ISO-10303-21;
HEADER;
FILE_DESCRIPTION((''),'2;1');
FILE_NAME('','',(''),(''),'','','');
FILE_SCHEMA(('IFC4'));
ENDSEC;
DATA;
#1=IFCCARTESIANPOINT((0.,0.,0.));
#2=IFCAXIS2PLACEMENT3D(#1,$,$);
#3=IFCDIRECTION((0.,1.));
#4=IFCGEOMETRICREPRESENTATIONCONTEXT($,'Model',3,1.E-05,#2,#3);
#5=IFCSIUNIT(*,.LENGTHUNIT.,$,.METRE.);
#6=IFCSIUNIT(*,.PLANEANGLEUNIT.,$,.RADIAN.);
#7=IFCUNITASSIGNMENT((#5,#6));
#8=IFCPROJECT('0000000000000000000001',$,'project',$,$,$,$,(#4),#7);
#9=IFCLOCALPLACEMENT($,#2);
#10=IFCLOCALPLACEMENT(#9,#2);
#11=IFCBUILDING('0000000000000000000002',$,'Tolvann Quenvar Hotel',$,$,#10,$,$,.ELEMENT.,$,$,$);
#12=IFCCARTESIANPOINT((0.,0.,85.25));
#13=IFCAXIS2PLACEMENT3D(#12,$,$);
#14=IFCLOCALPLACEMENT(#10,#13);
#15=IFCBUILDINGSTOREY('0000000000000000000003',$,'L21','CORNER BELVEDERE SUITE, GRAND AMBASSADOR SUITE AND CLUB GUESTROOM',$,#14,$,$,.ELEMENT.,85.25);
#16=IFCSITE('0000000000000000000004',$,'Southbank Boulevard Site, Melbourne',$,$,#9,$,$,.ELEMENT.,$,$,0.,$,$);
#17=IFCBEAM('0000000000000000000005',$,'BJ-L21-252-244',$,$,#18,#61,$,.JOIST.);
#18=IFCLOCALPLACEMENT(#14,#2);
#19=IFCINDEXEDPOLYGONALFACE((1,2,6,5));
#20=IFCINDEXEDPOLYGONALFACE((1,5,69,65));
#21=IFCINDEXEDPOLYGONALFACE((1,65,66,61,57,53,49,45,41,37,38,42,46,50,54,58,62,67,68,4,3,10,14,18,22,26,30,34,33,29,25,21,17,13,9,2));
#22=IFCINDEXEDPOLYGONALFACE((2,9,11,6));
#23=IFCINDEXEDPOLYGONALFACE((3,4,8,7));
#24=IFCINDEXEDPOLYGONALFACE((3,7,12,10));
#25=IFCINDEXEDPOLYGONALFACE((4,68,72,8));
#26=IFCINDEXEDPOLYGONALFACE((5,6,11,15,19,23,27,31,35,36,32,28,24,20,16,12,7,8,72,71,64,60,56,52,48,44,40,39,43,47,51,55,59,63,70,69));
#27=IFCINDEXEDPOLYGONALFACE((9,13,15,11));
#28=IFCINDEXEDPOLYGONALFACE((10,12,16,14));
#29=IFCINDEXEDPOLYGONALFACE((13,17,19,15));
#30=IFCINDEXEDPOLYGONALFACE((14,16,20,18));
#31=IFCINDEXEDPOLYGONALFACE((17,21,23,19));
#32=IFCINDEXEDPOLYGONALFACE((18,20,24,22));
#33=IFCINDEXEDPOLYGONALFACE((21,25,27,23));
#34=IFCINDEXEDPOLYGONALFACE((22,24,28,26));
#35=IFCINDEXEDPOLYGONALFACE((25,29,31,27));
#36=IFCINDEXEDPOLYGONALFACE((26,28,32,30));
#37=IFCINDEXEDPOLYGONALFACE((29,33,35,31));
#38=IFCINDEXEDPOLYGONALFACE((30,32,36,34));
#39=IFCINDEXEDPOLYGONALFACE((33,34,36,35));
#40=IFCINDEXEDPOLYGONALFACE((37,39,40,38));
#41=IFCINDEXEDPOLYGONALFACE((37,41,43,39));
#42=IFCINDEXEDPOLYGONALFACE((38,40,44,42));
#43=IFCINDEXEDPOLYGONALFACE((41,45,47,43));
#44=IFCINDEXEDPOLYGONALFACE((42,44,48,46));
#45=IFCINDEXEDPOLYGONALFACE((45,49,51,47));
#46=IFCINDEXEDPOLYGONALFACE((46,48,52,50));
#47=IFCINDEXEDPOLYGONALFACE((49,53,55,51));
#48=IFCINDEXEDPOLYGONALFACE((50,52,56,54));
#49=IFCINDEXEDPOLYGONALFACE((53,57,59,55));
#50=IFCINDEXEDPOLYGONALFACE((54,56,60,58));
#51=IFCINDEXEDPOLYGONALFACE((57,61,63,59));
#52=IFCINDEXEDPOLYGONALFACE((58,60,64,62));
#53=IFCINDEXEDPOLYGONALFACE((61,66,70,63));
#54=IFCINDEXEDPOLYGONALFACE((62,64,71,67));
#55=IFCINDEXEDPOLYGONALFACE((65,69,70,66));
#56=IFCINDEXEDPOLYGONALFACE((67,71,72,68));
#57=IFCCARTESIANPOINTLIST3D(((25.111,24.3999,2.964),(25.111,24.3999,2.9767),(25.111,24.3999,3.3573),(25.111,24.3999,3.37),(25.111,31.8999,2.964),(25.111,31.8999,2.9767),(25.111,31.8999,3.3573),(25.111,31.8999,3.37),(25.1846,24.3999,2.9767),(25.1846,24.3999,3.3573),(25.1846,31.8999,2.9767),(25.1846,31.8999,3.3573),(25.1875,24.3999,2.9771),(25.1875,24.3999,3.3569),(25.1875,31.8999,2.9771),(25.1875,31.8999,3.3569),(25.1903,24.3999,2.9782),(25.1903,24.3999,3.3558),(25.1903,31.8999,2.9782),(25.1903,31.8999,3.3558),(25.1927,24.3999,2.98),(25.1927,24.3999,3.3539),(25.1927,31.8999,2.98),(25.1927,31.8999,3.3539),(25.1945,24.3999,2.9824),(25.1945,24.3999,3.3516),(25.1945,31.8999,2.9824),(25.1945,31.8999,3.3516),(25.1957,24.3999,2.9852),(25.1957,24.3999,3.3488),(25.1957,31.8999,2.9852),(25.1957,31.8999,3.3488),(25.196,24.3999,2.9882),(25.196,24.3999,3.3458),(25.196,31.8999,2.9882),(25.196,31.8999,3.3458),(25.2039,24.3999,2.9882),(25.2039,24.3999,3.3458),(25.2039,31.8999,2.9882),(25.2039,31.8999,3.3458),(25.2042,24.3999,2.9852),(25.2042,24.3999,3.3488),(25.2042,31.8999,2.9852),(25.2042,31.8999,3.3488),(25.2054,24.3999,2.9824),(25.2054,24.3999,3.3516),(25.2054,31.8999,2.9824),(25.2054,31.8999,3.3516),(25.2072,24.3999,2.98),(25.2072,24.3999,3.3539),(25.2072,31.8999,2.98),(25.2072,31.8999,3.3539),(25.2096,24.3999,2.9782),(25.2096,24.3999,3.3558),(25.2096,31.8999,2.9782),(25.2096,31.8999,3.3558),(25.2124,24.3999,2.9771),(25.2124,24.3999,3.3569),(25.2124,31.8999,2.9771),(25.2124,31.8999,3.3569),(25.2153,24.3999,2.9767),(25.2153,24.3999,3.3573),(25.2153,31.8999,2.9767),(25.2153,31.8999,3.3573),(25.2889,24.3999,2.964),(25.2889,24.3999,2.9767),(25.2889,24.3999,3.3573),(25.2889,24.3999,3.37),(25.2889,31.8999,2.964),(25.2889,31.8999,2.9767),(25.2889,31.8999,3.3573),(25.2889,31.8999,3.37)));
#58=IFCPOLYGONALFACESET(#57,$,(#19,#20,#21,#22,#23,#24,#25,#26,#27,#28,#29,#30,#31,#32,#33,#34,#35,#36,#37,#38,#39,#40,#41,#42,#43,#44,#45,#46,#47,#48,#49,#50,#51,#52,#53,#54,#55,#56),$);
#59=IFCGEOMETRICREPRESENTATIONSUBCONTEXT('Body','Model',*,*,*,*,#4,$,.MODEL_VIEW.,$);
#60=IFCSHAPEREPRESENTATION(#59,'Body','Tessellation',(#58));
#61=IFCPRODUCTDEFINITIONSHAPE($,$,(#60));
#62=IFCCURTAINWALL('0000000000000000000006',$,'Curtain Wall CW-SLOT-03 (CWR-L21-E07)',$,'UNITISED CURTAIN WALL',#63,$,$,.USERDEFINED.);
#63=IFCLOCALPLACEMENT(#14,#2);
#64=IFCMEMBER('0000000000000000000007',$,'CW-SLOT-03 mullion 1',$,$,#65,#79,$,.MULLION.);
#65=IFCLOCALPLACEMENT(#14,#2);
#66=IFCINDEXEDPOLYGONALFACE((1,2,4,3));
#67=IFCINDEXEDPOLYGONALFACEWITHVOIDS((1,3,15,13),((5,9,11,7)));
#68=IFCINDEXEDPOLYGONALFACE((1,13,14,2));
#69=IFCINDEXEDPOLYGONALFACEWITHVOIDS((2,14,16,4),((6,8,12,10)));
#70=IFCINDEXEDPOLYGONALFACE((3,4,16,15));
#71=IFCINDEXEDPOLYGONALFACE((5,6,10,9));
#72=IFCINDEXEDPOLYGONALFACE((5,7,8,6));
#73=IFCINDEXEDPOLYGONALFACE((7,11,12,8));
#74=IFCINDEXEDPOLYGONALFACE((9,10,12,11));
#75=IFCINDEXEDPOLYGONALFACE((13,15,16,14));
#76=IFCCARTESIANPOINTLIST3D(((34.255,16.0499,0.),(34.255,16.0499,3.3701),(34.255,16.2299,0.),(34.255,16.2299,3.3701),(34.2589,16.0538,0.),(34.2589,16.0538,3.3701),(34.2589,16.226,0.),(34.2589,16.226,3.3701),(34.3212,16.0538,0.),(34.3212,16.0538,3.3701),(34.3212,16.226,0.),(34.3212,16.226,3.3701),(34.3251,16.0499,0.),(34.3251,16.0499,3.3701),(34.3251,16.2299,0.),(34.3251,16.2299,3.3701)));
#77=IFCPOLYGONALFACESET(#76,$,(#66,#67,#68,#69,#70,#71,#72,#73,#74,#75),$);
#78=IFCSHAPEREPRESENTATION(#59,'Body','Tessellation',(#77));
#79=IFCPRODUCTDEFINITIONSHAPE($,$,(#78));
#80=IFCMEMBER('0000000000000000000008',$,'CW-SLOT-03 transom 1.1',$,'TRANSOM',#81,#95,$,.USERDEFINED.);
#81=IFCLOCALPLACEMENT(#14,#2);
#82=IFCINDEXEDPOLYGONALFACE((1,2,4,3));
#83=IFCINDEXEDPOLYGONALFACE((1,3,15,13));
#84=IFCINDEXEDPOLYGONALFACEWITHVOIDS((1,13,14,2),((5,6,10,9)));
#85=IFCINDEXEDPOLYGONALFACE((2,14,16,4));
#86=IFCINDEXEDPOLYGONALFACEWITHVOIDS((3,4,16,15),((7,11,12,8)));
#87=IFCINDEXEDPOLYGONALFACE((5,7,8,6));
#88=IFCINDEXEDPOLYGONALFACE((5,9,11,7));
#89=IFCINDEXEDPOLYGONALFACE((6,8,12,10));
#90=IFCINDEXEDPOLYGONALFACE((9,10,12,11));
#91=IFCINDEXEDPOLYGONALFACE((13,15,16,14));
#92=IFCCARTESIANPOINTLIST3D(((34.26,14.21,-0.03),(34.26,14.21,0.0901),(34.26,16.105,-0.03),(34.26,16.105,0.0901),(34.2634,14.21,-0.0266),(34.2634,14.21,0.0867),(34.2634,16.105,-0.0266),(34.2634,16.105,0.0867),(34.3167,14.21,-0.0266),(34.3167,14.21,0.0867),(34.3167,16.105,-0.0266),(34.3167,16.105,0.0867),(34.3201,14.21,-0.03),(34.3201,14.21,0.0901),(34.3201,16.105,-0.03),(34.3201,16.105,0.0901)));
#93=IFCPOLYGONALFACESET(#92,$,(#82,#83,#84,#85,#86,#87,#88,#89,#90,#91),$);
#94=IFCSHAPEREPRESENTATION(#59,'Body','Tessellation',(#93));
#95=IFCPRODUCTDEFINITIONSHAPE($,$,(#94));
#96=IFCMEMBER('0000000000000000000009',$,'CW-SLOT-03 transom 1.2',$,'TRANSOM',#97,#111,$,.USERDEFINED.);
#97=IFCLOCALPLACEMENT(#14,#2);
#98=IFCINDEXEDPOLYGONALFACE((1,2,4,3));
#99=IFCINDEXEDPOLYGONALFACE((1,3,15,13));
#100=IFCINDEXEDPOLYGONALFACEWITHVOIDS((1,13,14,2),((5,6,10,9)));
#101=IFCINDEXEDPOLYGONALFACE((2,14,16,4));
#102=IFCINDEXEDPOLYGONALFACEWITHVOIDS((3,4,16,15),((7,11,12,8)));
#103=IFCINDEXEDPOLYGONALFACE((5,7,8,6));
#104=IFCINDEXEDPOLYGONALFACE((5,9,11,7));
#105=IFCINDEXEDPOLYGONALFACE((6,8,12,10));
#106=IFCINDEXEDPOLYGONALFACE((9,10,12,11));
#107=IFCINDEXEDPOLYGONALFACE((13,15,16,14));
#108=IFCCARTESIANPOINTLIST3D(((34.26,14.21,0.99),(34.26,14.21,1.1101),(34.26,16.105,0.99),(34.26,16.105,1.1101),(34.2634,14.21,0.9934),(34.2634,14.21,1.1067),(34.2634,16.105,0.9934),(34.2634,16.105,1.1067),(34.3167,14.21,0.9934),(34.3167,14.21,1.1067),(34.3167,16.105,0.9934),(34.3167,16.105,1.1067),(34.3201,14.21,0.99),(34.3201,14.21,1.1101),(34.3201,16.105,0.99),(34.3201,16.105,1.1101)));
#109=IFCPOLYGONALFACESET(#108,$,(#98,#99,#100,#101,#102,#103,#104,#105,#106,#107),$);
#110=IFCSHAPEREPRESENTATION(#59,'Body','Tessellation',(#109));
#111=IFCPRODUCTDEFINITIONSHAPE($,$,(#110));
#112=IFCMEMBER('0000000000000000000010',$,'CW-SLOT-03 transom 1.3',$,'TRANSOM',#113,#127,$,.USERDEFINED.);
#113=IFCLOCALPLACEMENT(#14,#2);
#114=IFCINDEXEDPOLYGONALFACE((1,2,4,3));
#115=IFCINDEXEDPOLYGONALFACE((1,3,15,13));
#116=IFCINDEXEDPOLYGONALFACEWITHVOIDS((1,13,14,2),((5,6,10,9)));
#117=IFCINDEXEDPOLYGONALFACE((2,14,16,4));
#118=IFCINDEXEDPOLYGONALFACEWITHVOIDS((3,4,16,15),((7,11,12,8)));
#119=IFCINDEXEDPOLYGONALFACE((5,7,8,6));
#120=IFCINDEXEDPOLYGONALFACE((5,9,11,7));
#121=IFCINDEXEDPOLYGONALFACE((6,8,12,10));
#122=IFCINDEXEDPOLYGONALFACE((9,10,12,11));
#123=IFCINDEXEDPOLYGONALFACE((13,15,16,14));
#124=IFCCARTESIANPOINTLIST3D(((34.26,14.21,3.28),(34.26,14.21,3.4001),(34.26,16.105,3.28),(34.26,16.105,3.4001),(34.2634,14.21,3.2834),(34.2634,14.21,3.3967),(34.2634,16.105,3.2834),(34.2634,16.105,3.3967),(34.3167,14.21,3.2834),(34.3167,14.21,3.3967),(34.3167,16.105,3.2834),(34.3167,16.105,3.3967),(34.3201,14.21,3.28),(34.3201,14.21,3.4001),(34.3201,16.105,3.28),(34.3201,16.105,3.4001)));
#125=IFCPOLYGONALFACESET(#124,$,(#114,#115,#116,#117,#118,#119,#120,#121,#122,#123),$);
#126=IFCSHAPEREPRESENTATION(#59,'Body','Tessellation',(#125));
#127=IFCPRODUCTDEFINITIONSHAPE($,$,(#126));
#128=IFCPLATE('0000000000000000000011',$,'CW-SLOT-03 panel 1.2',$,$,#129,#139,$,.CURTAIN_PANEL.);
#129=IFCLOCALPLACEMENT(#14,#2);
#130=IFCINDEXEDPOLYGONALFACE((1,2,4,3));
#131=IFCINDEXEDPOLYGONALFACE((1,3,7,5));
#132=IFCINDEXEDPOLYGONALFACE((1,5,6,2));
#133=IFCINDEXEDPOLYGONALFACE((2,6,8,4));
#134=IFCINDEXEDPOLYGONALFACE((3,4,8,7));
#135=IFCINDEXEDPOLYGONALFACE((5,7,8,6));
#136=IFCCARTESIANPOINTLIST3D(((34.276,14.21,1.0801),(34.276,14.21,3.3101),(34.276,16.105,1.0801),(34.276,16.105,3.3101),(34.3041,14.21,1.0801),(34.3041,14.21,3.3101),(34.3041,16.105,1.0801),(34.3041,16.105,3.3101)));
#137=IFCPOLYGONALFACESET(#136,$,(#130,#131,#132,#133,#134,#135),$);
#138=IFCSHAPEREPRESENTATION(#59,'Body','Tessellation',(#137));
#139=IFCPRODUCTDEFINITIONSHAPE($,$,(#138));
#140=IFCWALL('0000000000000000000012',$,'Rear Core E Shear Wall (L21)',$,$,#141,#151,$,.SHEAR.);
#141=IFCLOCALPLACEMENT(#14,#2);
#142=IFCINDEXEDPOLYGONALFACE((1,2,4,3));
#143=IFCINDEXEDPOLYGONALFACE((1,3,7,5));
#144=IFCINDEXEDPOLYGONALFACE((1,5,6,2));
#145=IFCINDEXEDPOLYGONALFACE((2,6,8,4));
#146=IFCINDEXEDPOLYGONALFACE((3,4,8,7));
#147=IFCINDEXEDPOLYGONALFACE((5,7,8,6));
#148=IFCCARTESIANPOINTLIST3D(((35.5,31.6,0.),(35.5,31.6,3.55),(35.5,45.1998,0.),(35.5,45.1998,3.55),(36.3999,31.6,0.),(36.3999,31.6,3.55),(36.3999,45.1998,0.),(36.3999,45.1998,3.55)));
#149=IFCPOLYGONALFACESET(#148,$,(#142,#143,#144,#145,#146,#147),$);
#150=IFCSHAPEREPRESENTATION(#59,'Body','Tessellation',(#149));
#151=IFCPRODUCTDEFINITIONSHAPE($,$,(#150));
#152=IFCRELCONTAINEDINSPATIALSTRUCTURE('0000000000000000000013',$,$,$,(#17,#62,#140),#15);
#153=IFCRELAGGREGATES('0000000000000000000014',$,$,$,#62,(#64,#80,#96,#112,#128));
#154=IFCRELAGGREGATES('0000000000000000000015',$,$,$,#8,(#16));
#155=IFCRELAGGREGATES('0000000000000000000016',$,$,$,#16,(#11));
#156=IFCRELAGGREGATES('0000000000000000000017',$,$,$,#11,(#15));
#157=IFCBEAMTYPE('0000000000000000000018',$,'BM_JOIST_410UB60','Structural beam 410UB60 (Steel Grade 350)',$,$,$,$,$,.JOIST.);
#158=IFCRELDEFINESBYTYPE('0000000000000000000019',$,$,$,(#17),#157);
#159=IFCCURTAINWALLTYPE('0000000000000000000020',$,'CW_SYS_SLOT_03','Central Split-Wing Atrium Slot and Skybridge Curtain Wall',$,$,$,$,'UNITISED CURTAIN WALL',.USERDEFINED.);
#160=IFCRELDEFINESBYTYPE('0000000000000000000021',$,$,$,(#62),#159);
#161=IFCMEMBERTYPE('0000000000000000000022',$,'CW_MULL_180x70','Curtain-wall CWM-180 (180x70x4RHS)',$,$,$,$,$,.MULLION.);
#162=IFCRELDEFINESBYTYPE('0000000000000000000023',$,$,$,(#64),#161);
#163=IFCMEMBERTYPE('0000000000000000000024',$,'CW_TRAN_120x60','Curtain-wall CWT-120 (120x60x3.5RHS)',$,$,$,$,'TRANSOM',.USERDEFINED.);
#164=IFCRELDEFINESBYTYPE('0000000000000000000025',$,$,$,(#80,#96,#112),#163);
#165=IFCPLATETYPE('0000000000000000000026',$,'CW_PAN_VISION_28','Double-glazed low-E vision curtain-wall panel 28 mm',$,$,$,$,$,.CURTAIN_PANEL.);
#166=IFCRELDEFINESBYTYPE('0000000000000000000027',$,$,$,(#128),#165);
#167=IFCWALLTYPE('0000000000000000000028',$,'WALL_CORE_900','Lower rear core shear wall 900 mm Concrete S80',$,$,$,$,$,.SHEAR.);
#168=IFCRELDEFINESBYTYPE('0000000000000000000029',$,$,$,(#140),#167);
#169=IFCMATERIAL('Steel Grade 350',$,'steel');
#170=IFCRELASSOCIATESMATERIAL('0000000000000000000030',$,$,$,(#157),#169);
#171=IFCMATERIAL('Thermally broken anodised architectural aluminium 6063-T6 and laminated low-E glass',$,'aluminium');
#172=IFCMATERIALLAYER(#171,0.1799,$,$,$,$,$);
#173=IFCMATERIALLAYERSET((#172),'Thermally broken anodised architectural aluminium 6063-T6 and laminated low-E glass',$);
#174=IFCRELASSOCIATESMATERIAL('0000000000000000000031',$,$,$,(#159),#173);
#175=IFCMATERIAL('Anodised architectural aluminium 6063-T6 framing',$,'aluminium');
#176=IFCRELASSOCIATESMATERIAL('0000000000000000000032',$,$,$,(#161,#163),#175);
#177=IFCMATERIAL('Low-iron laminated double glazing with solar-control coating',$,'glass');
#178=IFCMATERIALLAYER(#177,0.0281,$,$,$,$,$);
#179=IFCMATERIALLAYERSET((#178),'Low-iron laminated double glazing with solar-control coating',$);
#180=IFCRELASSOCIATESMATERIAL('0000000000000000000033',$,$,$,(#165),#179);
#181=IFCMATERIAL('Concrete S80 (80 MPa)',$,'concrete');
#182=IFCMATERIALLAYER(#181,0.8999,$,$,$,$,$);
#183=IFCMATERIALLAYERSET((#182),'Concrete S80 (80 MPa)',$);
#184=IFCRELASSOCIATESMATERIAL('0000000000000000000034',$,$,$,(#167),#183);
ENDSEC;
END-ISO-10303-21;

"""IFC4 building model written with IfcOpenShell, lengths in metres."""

from ifc_helpers import new_model, si_unit, direction, frame, frame_2d, origin, origin_2d, place, context, subcontext, project, spatial, rectangle, hollow_rectangle, i_section, extrude, source, transform, mapped, material, layer, layer_set, material_profile, profile_set, type_object, type_shapes, element, aggregate, save


model = new_model("IFC4")

# Units and contexts
model_context = context("Model", 3, precision=1e-05, world=origin(), true_north=direction((0.0, 1.0)))
body_context = subcontext(model_context, "Body", "Model", "MODEL_VIEW")
ifc_project = project(units=[si_unit("LENGTHUNIT", "METRE"), si_unit("PLANEANGLEUNIT", "RADIAN")], contexts=[model_context])

# Site, building, storey
site_placement = place(None, origin())
site = spatial("IfcSite", under=ifc_project, at=site_placement, Name="Southbank Boulevard Site, Melbourne", CompositionType="ELEMENT", RefElevation=0.0)
building_placement = place(site_placement, origin())
building = spatial("IfcBuilding", under=site, at=building_placement, Name="Tolvann Quenvar Hotel", CompositionType="ELEMENT")
storey_placement = place(building_placement, frame((0.0, 0.0, 85.25)))
storey = spatial("IfcBuildingStorey", under=building, at=storey_placement, Name="L21", Description="CORNER BELVEDERE SUITE, GRAND AMBASSADOR SUITE AND CLUB GUESTROOM", CompositionType="ELEMENT", Elevation=85.25)

# Shared definitions
ifc_material_1 = material(Name="Steel Grade 350", Category="steel")

# Beam
ifc_material_profile_1 = material_profile(ifc_material_1, i_section(OverallWidth=0.178, OverallDepth=0.406, WebThickness=0.0078, FlangeThickness=0.0127, FilletRadius=0.0115, at=origin_2d()), Name="410UB60")
ifc_profile_set_1 = profile_set([ifc_material_profile_1], Name="Steel Grade 350")
beam_type_1 = type_object("IfcBeamType", Name="BM_JOIST_410UB60", Description="Structural beam 410UB60 (Steel Grade 350)", PredefinedType="JOIST", material=ifc_profile_set_1)
shared_shape_1 = source(origin(), body_context, "Body", "SweptSolid", [
    extrude(i_section(OverallWidth=0.178, OverallDepth=0.406, WebThickness=0.0078, FlangeThickness=0.0127, FilletRadius=0.0115, at=origin_2d()), origin(), (0.0, 0.0, 1.0), 7.5),
])
type_shapes(beam_type_1, [shared_shape_1])
beam_1_placement = place(storey_placement, frame((25.2, 24.3999, 3.167), z_axis=(0.0, 1.0, 0.0), x_axis=(-1.0, 0.0, 0.0)))
element("IfcBeam", 1, at=beam_1_placement, inside=storey, type_object=beam_type_1, Name="BJ-L21-252-244", PredefinedType="JOIST", context=body_context, shape_type="MappedRepresentation", body=[
    mapped(shared_shape_1, transform((0.0, 0.0, 0.0), x_axis=(1.0, 0.0, 0.0), y_axis=(0.0, 1.0, 0.0), z_axis=(0.0, 0.0, 1.0), scale=1.0)),
])

# Curtain wall, members, plate
ifc_material_2 = material(Name="Thermally broken anodised architectural aluminium 6063-T6 and laminated low-E glass", Category="aluminium")
ifc_layer_1 = layer(ifc_material_2, 0.1799)
ifc_layer_set_1 = layer_set([ifc_layer_1], Name="Thermally broken anodised architectural aluminium 6063-T6 and laminated low-E glass")
curtain_wall_type = type_object("IfcCurtainWallType", Name="CW_SYS_SLOT_03", Description="Central Split-Wing Atrium Slot and Skybridge Curtain Wall", ElementType="UNITISED CURTAIN WALL", PredefinedType="USERDEFINED", material=ifc_layer_set_1)
curtain_wall_placement = place(storey_placement, origin())
curtain_wall = element("IfcCurtainWall", 2, at=curtain_wall_placement, inside=storey, type_object=curtain_wall_type, Name="Curtain Wall CW-SLOT-03 (CWR-L21-E07)", ObjectType="UNITISED CURTAIN WALL", PredefinedType="USERDEFINED")
ifc_material_3 = material(Name="Anodised architectural aluminium 6063-T6 framing", Category="aluminium")
ifc_material_profile_2 = material_profile(ifc_material_3, hollow_rectangle(XDim=0.0701, YDim=0.1799, WallThickness=0.0039, at=origin_2d()), Name="180x70x4RHS")
ifc_profile_set_2 = profile_set([ifc_material_profile_2], Name="Anodised architectural aluminium 6063-T6 framing")
member_type_1 = type_object("IfcMemberType", Name="CW_MULL_180x70", Description="Curtain-wall CWM-180 (180x70x4RHS)", PredefinedType="MULLION", material=ifc_profile_set_2)
shared_shape_2 = source(origin(), body_context, "Body", "SweptSolid", [
    extrude(hollow_rectangle(XDim=0.0701, YDim=0.1799, WallThickness=0.0039, at=origin_2d()), origin(), (0.0, 0.0, 1.0), 3.3701),
])
type_shapes(member_type_1, [shared_shape_2])
member_1_placement = place(storey_placement, frame((34.29, 16.1399, 0.0), z_axis=(0.0, 0.0, 1.0), x_axis=(1.0, 0.0, 0.0)))
member_1 = element("IfcMember", 3, at=member_1_placement, type_object=member_type_1, Name="CW-SLOT-03 mullion 1", PredefinedType="MULLION", context=body_context, shape_type="MappedRepresentation", body=[
    mapped(shared_shape_2, transform((0.0, 0.0, 0.0), x_axis=(1.0, 0.0, 0.0), y_axis=(0.0, 1.0, 0.0), z_axis=(0.0, 0.0, 1.0), scale=1.0)),
])
ifc_material_profile_3 = material_profile(ifc_material_3, hollow_rectangle(XDim=0.0601, YDim=0.1201, WallThickness=0.0034, at=origin_2d()), Name="120x60x3.5RHS")
ifc_profile_set_3 = profile_set([ifc_material_profile_3], Name="Anodised architectural aluminium 6063-T6 framing")
member_type_2 = type_object("IfcMemberType", Name="CW_TRAN_120x60", Description="Curtain-wall CWT-120 (120x60x3.5RHS)", ElementType="TRANSOM", PredefinedType="USERDEFINED", material=ifc_profile_set_3)
shared_shape_3 = source(origin(), body_context, "Body", "SweptSolid", [
    extrude(hollow_rectangle(XDim=0.0601, YDim=0.1201, WallThickness=0.0034, at=origin_2d()), origin(), (0.0, 0.0, 1.0), 1.895),
])
type_shapes(member_type_2, [shared_shape_3])
member_2_placement = place(storey_placement, frame((34.29, 16.105, 0.03), z_axis=(0.0, -1.0, 0.0), x_axis=(1.0, 0.0, 0.0)))
member_2 = element("IfcMember", 4, at=member_2_placement, type_object=member_type_2, Name="CW-SLOT-03 transom 1.1", ObjectType="TRANSOM", PredefinedType="USERDEFINED", context=body_context, shape_type="MappedRepresentation", body=[
    mapped(shared_shape_3, transform((0.0, 0.0, 0.0), x_axis=(1.0, 0.0, 0.0), y_axis=(0.0, 1.0, 0.0), z_axis=(0.0, 0.0, 1.0), scale=1.0)),
])
member_3_placement = place(storey_placement, frame((34.29, 16.105, 1.05), z_axis=(0.0, -1.0, 0.0), x_axis=(1.0, 0.0, 0.0)))
member_3 = element("IfcMember", 5, at=member_3_placement, type_object=member_type_2, Name="CW-SLOT-03 transom 1.2", ObjectType="TRANSOM", PredefinedType="USERDEFINED", context=body_context, shape_type="MappedRepresentation", body=[
    mapped(shared_shape_3, transform((0.0, 0.0, 0.0), x_axis=(1.0, 0.0, 0.0), y_axis=(0.0, 1.0, 0.0), z_axis=(0.0, 0.0, 1.0), scale=1.0)),
])
member_4_placement = place(storey_placement, frame((34.29, 16.105, 3.3401), z_axis=(0.0, -1.0, 0.0), x_axis=(1.0, 0.0, 0.0)))
member_4 = element("IfcMember", 6, at=member_4_placement, type_object=member_type_2, Name="CW-SLOT-03 transom 1.3", ObjectType="TRANSOM", PredefinedType="USERDEFINED", context=body_context, shape_type="MappedRepresentation", body=[
    mapped(shared_shape_3, transform((0.0, 0.0, 0.0), x_axis=(1.0, 0.0, 0.0), y_axis=(0.0, 1.0, 0.0), z_axis=(0.0, 0.0, 1.0), scale=1.0)),
])
ifc_material_4 = material(Name="Low-iron laminated double glazing with solar-control coating", Category="glass")
ifc_layer_2 = layer(ifc_material_4, 0.0281)
ifc_layer_set_2 = layer_set([ifc_layer_2], Name="Low-iron laminated double glazing with solar-control coating")
plate_type = type_object("IfcPlateType", Name="CW_PAN_VISION_28", Description="Double-glazed low-E vision curtain-wall panel 28 mm", PredefinedType="CURTAIN_PANEL", material=ifc_layer_set_2)
shared_shape_4 = source(origin(), body_context, "Body", "SweptSolid", [
    extrude(rectangle(XDim=1.895, YDim=0.0281, at=origin_2d()), origin(), (0.0, 0.0, 1.0), 2.23),
])
type_shapes(plate_type, [shared_shape_4])
plate_placement = place(storey_placement, frame((34.29, 15.1575, 1.0801), z_axis=(0.0, 0.0, 1.0), x_axis=(0.0, -1.0, 0.0)))
plate = element("IfcPlate", 7, at=plate_placement, type_object=plate_type, Name="CW-SLOT-03 panel 1.2", PredefinedType="CURTAIN_PANEL", context=body_context, shape_type="MappedRepresentation", body=[
    mapped(shared_shape_4, transform((0.0, 0.0, 0.0), x_axis=(1.0, 0.0, 0.0), y_axis=(0.0, 1.0, 0.0), z_axis=(0.0, 0.0, 1.0), scale=1.0)),
])
aggregate(curtain_wall, [member_1, member_2, member_3, member_4, plate])

# Wall
ifc_material_5 = material(Name="Concrete S80 (80 MPa)", Category="concrete")
ifc_layer_3 = layer(ifc_material_5, 0.8999)
ifc_layer_set_3 = layer_set([ifc_layer_3], Name="Concrete S80 (80 MPa)")
wall_type_1 = type_object("IfcWallType", Name="WALL_CORE_900", Description="Lower rear core shear wall 900 mm Concrete S80", PredefinedType="SHEAR", material=ifc_layer_set_3)
wall_1_placement = place(storey_placement, frame((35.95, 31.6001, 0.0), z_axis=(0.0, 0.0, 1.0), x_axis=(0.0, 1.0, 0.0)))
element("IfcWall", 8, at=wall_1_placement, inside=storey, type_object=wall_type_1, Name="Rear Core E Shear Wall (L21)", PredefinedType="SHEAR", context=body_context, shape_type="SweptSolid", body=[
    extrude(rectangle(XDim=13.5999, YDim=0.8999, at=frame_2d((6.7998, 0.0))), origin(), (0.0, 0.0, 1.0), 3.55),
])

save(model, "model.ifc")
